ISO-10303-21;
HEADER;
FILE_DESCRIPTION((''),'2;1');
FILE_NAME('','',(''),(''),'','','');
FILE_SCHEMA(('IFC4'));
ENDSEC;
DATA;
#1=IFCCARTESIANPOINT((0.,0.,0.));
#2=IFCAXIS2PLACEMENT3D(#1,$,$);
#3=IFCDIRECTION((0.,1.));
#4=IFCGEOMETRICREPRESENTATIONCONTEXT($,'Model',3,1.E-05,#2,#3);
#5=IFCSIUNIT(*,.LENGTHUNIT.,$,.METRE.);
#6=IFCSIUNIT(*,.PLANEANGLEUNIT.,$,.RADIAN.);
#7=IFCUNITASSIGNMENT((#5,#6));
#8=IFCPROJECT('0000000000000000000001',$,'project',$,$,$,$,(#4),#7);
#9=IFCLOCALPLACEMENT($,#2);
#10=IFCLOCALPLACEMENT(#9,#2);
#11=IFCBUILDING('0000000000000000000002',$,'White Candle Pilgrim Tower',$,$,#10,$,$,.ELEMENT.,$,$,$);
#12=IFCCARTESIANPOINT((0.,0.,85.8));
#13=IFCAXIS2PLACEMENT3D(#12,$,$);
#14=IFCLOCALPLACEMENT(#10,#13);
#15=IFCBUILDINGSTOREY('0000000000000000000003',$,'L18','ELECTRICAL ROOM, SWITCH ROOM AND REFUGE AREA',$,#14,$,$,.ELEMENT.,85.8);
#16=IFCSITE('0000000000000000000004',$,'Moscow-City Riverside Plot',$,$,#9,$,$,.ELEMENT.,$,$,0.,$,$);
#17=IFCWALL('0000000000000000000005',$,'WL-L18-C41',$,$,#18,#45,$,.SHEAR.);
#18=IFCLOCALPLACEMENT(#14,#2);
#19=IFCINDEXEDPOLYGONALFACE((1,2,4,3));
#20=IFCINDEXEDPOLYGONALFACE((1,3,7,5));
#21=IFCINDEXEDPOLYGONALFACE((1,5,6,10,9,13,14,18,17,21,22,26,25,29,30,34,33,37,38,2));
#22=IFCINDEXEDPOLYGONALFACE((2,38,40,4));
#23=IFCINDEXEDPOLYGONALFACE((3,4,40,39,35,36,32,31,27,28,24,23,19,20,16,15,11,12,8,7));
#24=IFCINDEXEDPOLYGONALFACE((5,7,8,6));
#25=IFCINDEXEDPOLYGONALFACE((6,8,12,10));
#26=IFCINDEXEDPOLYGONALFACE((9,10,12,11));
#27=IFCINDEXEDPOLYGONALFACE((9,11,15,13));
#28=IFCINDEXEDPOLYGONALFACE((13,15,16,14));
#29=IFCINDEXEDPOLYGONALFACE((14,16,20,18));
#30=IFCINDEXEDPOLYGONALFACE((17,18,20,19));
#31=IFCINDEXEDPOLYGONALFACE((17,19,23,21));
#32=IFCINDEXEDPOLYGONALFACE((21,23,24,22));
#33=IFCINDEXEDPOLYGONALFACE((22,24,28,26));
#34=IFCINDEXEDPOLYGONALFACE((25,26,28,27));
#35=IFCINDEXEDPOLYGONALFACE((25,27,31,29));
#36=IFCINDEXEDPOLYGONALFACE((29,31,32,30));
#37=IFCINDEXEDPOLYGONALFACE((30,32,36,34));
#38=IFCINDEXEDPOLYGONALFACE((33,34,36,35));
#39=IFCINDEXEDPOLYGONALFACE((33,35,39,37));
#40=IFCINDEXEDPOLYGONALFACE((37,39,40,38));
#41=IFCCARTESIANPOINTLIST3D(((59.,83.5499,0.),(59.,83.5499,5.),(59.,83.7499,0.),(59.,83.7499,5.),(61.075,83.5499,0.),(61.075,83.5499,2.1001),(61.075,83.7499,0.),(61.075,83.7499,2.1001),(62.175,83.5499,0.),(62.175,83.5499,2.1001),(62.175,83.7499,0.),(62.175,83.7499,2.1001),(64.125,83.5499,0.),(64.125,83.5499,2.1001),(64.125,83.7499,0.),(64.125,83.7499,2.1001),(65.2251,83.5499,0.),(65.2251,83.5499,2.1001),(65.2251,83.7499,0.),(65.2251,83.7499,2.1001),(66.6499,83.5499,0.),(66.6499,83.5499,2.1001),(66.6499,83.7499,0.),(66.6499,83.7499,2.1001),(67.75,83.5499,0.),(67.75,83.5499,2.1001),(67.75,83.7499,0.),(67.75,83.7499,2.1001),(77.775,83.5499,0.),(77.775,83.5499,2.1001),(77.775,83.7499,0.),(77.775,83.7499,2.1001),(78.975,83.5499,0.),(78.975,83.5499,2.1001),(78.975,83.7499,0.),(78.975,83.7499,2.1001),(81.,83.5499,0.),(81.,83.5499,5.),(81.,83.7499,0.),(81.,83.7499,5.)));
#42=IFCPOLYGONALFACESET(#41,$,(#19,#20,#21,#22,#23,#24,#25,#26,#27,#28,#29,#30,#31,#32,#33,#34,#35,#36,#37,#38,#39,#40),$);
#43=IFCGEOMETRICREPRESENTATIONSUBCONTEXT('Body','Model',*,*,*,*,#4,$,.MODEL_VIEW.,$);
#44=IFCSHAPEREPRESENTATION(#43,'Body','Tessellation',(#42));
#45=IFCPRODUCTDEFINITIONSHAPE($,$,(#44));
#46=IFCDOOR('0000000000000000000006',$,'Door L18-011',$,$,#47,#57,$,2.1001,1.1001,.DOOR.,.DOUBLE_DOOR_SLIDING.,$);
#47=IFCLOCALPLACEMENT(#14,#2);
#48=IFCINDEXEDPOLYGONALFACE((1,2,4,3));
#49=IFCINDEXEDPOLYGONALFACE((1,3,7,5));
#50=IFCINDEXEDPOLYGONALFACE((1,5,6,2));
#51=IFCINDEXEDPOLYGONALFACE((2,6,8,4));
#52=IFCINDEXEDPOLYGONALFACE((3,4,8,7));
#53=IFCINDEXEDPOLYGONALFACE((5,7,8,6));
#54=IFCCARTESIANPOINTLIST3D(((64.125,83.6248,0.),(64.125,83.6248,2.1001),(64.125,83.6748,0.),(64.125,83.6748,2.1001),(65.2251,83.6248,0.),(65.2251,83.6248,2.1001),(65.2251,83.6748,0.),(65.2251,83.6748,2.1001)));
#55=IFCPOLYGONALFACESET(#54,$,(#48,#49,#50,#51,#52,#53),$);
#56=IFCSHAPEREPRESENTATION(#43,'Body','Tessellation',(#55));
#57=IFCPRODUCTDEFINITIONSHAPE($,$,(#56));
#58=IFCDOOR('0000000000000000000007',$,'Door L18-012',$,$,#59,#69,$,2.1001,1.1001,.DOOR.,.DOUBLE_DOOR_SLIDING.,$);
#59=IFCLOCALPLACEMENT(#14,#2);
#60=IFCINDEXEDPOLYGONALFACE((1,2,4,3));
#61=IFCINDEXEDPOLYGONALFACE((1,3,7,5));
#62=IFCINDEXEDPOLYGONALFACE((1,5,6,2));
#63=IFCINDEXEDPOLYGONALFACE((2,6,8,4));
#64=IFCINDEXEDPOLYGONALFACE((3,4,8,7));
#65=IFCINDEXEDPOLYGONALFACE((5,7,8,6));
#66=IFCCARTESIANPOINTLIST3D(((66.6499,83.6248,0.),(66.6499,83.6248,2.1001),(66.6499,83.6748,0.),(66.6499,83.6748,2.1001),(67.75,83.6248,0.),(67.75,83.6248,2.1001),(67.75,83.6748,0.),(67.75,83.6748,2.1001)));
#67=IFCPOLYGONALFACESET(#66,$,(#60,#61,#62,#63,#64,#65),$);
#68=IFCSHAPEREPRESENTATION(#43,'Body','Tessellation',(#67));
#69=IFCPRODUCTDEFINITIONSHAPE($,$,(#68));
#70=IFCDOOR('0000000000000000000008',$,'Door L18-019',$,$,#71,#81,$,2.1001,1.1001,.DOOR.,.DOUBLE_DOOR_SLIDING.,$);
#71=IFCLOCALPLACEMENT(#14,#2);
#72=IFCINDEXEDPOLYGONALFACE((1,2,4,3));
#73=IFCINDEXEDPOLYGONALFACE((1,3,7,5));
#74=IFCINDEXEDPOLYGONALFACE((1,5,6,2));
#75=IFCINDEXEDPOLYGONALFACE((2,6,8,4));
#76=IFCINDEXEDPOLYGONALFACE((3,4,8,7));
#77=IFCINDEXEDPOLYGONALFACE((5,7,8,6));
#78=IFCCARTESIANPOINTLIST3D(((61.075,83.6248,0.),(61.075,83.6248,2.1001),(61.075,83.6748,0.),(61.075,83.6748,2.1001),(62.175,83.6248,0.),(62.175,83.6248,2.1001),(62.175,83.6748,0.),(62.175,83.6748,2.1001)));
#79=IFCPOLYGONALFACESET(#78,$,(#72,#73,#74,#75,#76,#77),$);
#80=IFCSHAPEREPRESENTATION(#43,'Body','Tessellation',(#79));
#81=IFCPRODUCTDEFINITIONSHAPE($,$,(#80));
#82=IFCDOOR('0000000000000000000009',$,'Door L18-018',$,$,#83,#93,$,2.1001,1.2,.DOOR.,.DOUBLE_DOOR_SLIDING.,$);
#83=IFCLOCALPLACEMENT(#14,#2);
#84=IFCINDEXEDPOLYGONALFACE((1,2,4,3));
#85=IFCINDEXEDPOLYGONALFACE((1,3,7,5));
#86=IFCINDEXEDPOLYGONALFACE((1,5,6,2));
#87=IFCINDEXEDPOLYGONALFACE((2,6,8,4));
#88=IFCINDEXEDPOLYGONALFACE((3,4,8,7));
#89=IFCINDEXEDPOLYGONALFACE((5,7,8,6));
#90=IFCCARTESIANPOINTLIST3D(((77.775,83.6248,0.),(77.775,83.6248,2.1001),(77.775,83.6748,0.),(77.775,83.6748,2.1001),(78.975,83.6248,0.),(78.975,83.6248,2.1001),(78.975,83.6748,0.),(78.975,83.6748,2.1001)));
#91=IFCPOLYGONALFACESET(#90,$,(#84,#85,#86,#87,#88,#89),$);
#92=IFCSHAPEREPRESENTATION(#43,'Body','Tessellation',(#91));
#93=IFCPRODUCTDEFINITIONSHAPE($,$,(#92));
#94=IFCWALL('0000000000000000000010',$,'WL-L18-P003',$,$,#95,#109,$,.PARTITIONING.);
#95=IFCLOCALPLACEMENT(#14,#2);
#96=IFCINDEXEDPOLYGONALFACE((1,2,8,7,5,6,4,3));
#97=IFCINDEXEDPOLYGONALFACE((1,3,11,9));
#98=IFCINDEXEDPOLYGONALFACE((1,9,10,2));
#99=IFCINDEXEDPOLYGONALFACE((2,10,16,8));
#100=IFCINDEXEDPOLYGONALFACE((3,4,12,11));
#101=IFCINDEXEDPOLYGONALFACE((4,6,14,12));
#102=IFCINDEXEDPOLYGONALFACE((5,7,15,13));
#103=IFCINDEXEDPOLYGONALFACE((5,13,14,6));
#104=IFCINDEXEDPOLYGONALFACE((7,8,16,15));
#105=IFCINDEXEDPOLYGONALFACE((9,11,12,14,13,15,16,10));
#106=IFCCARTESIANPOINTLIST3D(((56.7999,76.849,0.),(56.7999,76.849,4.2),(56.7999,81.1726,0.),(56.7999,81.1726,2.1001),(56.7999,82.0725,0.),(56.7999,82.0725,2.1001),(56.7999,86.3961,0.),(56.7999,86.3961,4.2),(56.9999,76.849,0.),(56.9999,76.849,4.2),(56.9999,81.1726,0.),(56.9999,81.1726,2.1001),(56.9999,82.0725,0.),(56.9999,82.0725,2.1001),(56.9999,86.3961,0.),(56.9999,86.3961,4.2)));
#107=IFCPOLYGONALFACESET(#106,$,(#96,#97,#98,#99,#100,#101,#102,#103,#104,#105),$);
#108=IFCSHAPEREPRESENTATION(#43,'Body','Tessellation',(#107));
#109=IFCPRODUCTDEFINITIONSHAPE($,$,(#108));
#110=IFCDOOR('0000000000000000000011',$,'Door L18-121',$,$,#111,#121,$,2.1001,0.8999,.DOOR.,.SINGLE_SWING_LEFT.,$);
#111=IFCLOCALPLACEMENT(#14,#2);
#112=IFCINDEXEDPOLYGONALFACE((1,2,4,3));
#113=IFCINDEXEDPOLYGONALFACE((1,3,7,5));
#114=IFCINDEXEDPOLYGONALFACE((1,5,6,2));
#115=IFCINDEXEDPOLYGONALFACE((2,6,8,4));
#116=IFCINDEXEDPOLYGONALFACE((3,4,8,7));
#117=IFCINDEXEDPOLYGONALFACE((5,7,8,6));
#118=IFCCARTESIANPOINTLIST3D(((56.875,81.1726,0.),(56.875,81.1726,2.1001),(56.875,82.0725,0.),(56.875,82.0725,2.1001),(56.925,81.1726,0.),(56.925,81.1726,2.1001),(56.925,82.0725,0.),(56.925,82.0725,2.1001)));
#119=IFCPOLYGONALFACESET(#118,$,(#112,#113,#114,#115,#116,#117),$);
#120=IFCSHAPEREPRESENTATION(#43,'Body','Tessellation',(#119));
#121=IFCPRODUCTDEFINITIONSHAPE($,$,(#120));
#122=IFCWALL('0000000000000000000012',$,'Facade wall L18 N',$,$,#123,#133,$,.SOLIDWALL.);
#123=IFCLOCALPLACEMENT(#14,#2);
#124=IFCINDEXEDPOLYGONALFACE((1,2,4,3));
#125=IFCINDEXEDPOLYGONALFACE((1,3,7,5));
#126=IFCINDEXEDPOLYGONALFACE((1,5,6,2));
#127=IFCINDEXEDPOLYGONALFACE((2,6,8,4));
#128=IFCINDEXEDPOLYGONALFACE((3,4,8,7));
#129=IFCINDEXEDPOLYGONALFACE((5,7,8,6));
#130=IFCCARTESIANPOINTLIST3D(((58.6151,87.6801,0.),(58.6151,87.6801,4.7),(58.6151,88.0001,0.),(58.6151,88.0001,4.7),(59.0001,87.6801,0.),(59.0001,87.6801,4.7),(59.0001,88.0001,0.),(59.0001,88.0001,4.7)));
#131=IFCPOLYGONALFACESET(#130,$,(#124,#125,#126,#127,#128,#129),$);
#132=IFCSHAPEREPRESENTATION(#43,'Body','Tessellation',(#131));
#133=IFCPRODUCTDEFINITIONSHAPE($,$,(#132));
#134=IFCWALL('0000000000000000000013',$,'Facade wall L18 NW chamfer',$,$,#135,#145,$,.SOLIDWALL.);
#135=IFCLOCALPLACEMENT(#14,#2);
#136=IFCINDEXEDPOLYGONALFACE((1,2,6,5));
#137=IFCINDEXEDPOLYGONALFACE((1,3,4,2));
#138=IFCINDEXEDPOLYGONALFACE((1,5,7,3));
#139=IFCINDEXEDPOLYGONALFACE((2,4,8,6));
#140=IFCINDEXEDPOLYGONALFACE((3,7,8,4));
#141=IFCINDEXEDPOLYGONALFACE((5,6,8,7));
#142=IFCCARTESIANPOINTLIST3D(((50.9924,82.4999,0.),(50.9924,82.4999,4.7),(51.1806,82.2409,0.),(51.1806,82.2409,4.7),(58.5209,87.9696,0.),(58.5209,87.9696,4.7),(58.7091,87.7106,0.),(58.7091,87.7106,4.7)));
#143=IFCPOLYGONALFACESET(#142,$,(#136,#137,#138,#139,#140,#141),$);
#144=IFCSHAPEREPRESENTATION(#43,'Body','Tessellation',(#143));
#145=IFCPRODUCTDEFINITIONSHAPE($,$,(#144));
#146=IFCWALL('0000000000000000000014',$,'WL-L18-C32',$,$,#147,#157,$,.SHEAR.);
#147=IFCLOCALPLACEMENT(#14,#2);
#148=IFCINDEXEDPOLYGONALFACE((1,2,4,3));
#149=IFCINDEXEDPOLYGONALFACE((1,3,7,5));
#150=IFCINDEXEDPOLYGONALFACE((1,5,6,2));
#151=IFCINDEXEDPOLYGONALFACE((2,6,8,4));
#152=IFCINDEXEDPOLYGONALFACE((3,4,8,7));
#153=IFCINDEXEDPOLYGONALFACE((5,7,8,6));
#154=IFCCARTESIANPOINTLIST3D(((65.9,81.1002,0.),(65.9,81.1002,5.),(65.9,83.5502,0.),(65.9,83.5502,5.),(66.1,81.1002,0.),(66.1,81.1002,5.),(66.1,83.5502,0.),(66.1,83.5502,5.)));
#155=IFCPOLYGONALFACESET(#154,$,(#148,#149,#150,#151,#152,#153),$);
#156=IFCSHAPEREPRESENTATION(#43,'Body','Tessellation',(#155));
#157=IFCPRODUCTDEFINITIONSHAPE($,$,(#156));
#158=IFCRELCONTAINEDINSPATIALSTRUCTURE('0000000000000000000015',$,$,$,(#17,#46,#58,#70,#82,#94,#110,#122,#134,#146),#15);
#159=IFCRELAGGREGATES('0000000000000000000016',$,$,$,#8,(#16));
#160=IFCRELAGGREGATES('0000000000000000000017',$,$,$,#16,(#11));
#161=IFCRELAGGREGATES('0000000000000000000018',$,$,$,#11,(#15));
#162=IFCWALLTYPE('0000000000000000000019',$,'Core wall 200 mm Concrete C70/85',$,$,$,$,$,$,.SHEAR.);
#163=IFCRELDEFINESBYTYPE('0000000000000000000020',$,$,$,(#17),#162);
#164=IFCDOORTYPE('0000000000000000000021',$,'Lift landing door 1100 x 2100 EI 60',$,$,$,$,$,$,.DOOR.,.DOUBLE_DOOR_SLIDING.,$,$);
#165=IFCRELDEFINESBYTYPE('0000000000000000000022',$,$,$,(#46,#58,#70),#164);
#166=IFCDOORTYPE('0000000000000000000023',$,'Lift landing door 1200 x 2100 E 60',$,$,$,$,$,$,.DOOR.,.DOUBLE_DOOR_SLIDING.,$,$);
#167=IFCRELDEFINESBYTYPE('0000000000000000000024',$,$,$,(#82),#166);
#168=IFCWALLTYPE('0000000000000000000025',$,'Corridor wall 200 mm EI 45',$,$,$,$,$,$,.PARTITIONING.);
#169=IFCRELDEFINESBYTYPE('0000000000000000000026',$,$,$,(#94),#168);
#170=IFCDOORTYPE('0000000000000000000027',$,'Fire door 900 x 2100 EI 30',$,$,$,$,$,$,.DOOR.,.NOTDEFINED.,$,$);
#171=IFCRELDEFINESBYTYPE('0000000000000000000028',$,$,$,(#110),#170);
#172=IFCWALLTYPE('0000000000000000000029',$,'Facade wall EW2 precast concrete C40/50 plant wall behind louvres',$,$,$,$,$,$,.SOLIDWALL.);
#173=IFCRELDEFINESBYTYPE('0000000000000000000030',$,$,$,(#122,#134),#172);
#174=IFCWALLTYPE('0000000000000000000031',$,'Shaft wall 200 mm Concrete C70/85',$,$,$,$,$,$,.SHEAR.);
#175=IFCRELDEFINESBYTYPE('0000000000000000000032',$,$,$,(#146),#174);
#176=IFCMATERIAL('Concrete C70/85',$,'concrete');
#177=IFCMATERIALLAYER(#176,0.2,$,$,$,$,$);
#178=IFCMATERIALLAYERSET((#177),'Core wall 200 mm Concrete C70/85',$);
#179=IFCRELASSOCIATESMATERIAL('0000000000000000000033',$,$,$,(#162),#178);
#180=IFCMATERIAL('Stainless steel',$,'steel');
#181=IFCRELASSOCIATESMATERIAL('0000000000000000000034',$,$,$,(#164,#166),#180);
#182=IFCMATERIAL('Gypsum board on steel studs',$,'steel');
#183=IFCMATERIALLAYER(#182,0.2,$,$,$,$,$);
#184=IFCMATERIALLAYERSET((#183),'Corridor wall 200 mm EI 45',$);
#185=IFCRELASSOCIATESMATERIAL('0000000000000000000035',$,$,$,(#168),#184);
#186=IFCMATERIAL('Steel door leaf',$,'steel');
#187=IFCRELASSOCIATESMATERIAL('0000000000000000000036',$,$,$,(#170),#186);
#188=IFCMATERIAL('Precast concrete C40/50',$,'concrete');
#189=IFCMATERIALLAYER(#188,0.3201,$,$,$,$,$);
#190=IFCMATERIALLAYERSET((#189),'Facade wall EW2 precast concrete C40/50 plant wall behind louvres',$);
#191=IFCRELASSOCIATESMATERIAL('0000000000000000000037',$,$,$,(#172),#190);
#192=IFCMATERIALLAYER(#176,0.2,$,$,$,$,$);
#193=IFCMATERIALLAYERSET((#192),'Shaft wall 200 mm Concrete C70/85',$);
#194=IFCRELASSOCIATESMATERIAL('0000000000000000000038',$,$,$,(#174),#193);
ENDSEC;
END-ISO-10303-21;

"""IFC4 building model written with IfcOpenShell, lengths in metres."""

from ifc_helpers import new_model, si_unit, direction, frame, frame_2d, origin, place, context, subcontext, project, spatial, rectangle, extrude, material, layer, layer_set, type_object, element, fill, save


model = new_model("IFC4")

# Units and contexts
model_context = context("Model", 3, precision=1e-05, world=origin(), true_north=direction((0.0, 1.0)))
body_context = subcontext(model_context, "Body", "Model", "MODEL_VIEW")
ifc_project = project(units=[si_unit("LENGTHUNIT", "METRE"), si_unit("PLANEANGLEUNIT", "RADIAN")], contexts=[model_context])

# Site, building, storey
site_placement = place(None, origin())
site = spatial("IfcSite", under=ifc_project, at=site_placement, Name="Moscow-City Riverside Plot", CompositionType="ELEMENT", RefElevation=0.0)
building_placement = place(site_placement, origin())
building = spatial("IfcBuilding", under=site, at=building_placement, Name="White Candle Pilgrim Tower", CompositionType="ELEMENT")
storey_placement = place(building_placement, frame((0.0, 0.0, 85.8)))
storey = spatial("IfcBuildingStorey", under=building, at=storey_placement, Name="L18", Description="ELECTRICAL ROOM, SWITCH ROOM AND REFUGE AREA", CompositionType="ELEMENT", Elevation=85.8)

# Shared definitions
ifc_material_1 = material(Name="Concrete C70/85", Category="concrete")
ifc_material_2 = material(Name="Steel door leaf", Category="steel")

# Shared definitions
ifc_layer_1 = layer(ifc_material_1, 0.2)
ifc_layer_set_1 = layer_set([ifc_layer_1], Name="Core wall 200 mm Concrete C70/85")
wall_type_1 = type_object("IfcWallType", Name="Core wall 200 mm Concrete C70/85", PredefinedType="SHEAR", material=ifc_layer_set_1)

# Wall, openings, doors
wall_1_placement = place(storey_placement, frame((59.0, 83.6499, 0.0), z_axis=(0.0, 0.0, 1.0), x_axis=(1.0, 0.0, 0.0)))
wall_1 = element("IfcWall", 1, at=wall_1_placement, inside=storey, type_object=wall_type_1, Name="WL-L18-C41", PredefinedType="SHEAR", context=body_context, shape_type="SweptSolid", body=[
    extrude(rectangle(XDim=22.0, YDim=0.2, at=frame_2d((11.0, 0.0))), origin(), (0.0, 0.0, 1.0), 5.0),
])
opening_1_placement = place(wall_1_placement, frame((5.125, 0.0, 0.0)))
opening_1 = element("IfcOpeningElement", 2, at=opening_1_placement, cuts=wall_1, PredefinedType="OPENING", context=body_context, shape_type="SweptSolid", body=[
    extrude(rectangle(XDim=1.1001, YDim=2.1001, at=frame_2d((0.55, 1.05))), frame((0.0, 0.1099, 0.0), z_axis=(0.0, -1.0, 0.0), x_axis=(1.0, 0.0, 0.0)), (0.0, 0.0, 1.0), 0.22),
])
opening_2_placement = place(wall_1_placement, frame((7.6499, 0.0, 0.0)))
opening_2 = element("IfcOpeningElement", 3, at=opening_2_placement, cuts=wall_1, PredefinedType="OPENING", context=body_context, shape_type="SweptSolid", body=[
    extrude(rectangle(XDim=1.1001, YDim=2.1001, at=frame_2d((0.55, 1.05))), frame((0.0, 0.1099, 0.0), z_axis=(0.0, -1.0, 0.0), x_axis=(1.0, 0.0, 0.0)), (0.0, 0.0, 1.0), 0.22),
])
opening_3_placement = place(wall_1_placement, frame((18.7749, 0.0, 0.0)))
opening_3 = element("IfcOpeningElement", 4, at=opening_3_placement, cuts=wall_1, PredefinedType="OPENING", context=body_context, shape_type="SweptSolid", body=[
    extrude(rectangle(XDim=1.2, YDim=2.1001, at=frame_2d((0.6001, 1.05))), frame((0.0, 0.1099, 0.0), z_axis=(0.0, -1.0, 0.0), x_axis=(1.0, 0.0, 0.0)), (0.0, 0.0, 1.0), 0.22),
])
opening_4_placement = place(wall_1_placement, frame((2.075, 0.0, 0.0)))
opening_4 = element("IfcOpeningElement", 5, at=opening_4_placement, cuts=wall_1, PredefinedType="OPENING", context=body_context, shape_type="SweptSolid", body=[
    extrude(rectangle(XDim=1.1001, YDim=2.1001, at=frame_2d((0.55, 1.05))), frame((0.0, 0.1099, 0.0), z_axis=(0.0, -1.0, 0.0), x_axis=(1.0, 0.0, 0.0)), (0.0, 0.0, 1.0), 0.22),
])
ifc_material_3 = material(Name="Stainless steel", Category="steel")
door_type_1 = type_object("IfcDoorType", Name="Lift landing door 1100 x 2100 EI 60", OperationType="DOUBLE_DOOR_SLIDING", PredefinedType="DOOR", material=ifc_material_3)
door_1_placement = place(opening_1_placement, origin())
door_1 = element("IfcDoor", 6, at=door_1_placement, inside=storey, type_object=door_type_1, Name="Door L18-011", OperationType="DOUBLE_DOOR_SLIDING", OverallHeight=2.1001, OverallWidth=1.1001, PredefinedType="DOOR", context=body_context, shape_type="SweptSolid", body=[
    extrude(rectangle(XDim=1.1001, YDim=2.1001, at=frame_2d((0.55, 1.05))), frame((0.0, 0.0249, 0.0), z_axis=(0.0, -1.0, 0.0), x_axis=(1.0, 0.0, 0.0)), (0.0, 0.0, 1.0), 0.05),
])
fill(opening_1, door_1)
door_2_placement = place(opening_2_placement, origin())
door_2 = element("IfcDoor", 7, at=door_2_placement, inside=storey, type_object=door_type_1, Name="Door L18-012", OperationType="DOUBLE_DOOR_SLIDING", OverallHeight=2.1001, OverallWidth=1.1001, PredefinedType="DOOR", context=body_context, shape_type="SweptSolid", body=[
    extrude(rectangle(XDim=1.1001, YDim=2.1001, at=frame_2d((0.55, 1.05))), frame((0.0, 0.0249, 0.0), z_axis=(0.0, -1.0, 0.0), x_axis=(1.0, 0.0, 0.0)), (0.0, 0.0, 1.0), 0.05),
])
fill(opening_2, door_2)
door_3_placement = place(opening_4_placement, origin())
door_3 = element("IfcDoor", 8, at=door_3_placement, inside=storey, type_object=door_type_1, Name="Door L18-019", OperationType="DOUBLE_DOOR_SLIDING", OverallHeight=2.1001, OverallWidth=1.1001, PredefinedType="DOOR", context=body_context, shape_type="SweptSolid", body=[
    extrude(rectangle(XDim=1.1001, YDim=2.1001, at=frame_2d((0.55, 1.05))), frame((0.0, 0.0249, 0.0), z_axis=(0.0, -1.0, 0.0), x_axis=(1.0, 0.0, 0.0)), (0.0, 0.0, 1.0), 0.05),
])
fill(opening_4, door_3)
door_type_2 = type_object("IfcDoorType", Name="Lift landing door 1200 x 2100 E 60", OperationType="DOUBLE_DOOR_SLIDING", PredefinedType="DOOR", material=ifc_material_3)
door_4_placement = place(opening_3_placement, origin())
door_4 = element("IfcDoor", 9, at=door_4_placement, inside=storey, type_object=door_type_2, Name="Door L18-018", OperationType="DOUBLE_DOOR_SLIDING", OverallHeight=2.1001, OverallWidth=1.2, PredefinedType="DOOR", context=body_context, shape_type="SweptSolid", body=[
    extrude(rectangle(XDim=1.2, YDim=2.1001, at=frame_2d((0.6001, 1.05))), frame((0.0, 0.0249, 0.0), z_axis=(0.0, -1.0, 0.0), x_axis=(1.0, 0.0, 0.0)), (0.0, 0.0, 1.0), 0.05),
])
fill(opening_3, door_4)

# Wall, opening, door
ifc_material_4 = material(Name="Gypsum board on steel studs", Category="steel")
ifc_layer_2 = layer(ifc_material_4, 0.2)
ifc_layer_set_2 = layer_set([ifc_layer_2], Name="Corridor wall 200 mm EI 45")
wall_type_2 = type_object("IfcWallType", Name="Corridor wall 200 mm EI 45", PredefinedType="PARTITIONING", material=ifc_layer_set_2)
wall_2_placement = place(storey_placement, frame((56.8999, 76.8491, 0.0), z_axis=(0.0, 0.0, 1.0), x_axis=(0.0, 1.0, 0.0)))
wall_2 = element("IfcWall", 10, at=wall_2_placement, inside=storey, type_object=wall_type_2, Name="WL-L18-P003", PredefinedType="PARTITIONING", context=body_context, shape_type="SweptSolid", body=[
    extrude(rectangle(XDim=9.5471, YDim=0.2, at=frame_2d((4.7734, 0.0))), origin(), (0.0, 0.0, 1.0), 4.2),
])
opening_5_placement = place(wall_2_placement, frame((4.3235, 0.0, 0.0)))
opening_5 = element("IfcOpeningElement", 11, at=opening_5_placement, cuts=wall_2, PredefinedType="OPENING", context=body_context, shape_type="SweptSolid", body=[
    extrude(rectangle(XDim=0.8999, YDim=2.1001, at=frame_2d((0.45, 1.05))), frame((0.0, 0.1099, 0.0), z_axis=(0.0, -1.0, 0.0), x_axis=(1.0, 0.0, 0.0)), (0.0, 0.0, 1.0), 0.22),
])
door_type_3 = type_object("IfcDoorType", Name="Fire door 900 x 2100 EI 30", OperationType="NOTDEFINED", PredefinedType="DOOR", material=ifc_material_2)
door_5_placement = place(opening_5_placement, origin())
door_5 = element("IfcDoor", 12, at=door_5_placement, inside=storey, type_object=door_type_3, Name="Door L18-121", OperationType="SINGLE_SWING_LEFT", OverallHeight=2.1001, OverallWidth=0.8999, PredefinedType="DOOR", context=body_context, shape_type="SweptSolid", body=[
    extrude(rectangle(XDim=0.8999, YDim=2.1001, at=frame_2d((0.45, 1.05))), frame((0.0, 0.0249, 0.0), z_axis=(0.0, -1.0, 0.0), x_axis=(1.0, 0.0, 0.0)), (0.0, 0.0, 1.0), 0.05),
])
fill(opening_5, door_5)

# Walls
ifc_material_5 = material(Name="Precast concrete C40/50", Category="concrete")
ifc_layer_3 = layer(ifc_material_5, 0.3201)
ifc_layer_set_3 = layer_set([ifc_layer_3], Name="Facade wall EW2 precast concrete C40/50 plant wall behind louvres")
wall_type_3 = type_object("IfcWallType", Name="Facade wall EW2 precast concrete C40/50 plant wall behind louvres", PredefinedType="SOLIDWALL", material=ifc_layer_set_3)
wall_3_placement = place(storey_placement, frame((59.0, 87.8401, 0.0), z_axis=(0.0, 0.0, 1.0), x_axis=(-1.0, 0.0, 0.0)))
element("IfcWall", 13, at=wall_3_placement, inside=storey, type_object=wall_type_3, Name="Facade wall L18 N", PredefinedType="SOLIDWALL", context=body_context, shape_type="SweptSolid", body=[
    extrude(rectangle(XDim=0.385, YDim=0.3201, at=frame_2d((0.1924, 0.0))), origin(), (0.0, 0.0, 1.0), 4.7),
])
wall_4_placement = place(storey_placement, frame((58.615, 87.8401, 0.0), z_axis=(0.0, 0.0, 1.0), x_axis=(-0.809022, -0.587779, 0.0)))
element("IfcWall", 14, at=wall_4_placement, inside=storey, type_object=wall_type_3, Name="Facade wall L18 NW chamfer", PredefinedType="SOLIDWALL", context=body_context, shape_type="SweptSolid", body=[
    extrude(rectangle(XDim=9.3057, YDim=0.3201, at=frame_2d((4.6528, 0.0))), origin(), (0.0, 0.0, 1.0), 4.7),
])
ifc_layer_4 = layer(ifc_material_1, 0.2)
ifc_layer_set_4 = layer_set([ifc_layer_4], Name="Shaft wall 200 mm Concrete C70/85")
wall_type_4 = type_object("IfcWallType", Name="Shaft wall 200 mm Concrete C70/85", PredefinedType="SHEAR", material=ifc_layer_set_4)
wall_5_placement = place(storey_placement, frame((66.0, 81.1001, 0.0), z_axis=(0.0, 0.0, 1.0), x_axis=(0.0, 1.0, 0.0)))
element("IfcWall", 15, at=wall_5_placement, inside=storey, type_object=wall_type_4, Name="WL-L18-C32", PredefinedType="SHEAR", context=body_context, shape_type="SweptSolid", body=[
    extrude(rectangle(XDim=2.45, YDim=0.2, at=frame_2d((1.2251, 0.0))), origin(), (0.0, 0.0, 1.0), 5.0),
])

save(model, "model.ifc")
